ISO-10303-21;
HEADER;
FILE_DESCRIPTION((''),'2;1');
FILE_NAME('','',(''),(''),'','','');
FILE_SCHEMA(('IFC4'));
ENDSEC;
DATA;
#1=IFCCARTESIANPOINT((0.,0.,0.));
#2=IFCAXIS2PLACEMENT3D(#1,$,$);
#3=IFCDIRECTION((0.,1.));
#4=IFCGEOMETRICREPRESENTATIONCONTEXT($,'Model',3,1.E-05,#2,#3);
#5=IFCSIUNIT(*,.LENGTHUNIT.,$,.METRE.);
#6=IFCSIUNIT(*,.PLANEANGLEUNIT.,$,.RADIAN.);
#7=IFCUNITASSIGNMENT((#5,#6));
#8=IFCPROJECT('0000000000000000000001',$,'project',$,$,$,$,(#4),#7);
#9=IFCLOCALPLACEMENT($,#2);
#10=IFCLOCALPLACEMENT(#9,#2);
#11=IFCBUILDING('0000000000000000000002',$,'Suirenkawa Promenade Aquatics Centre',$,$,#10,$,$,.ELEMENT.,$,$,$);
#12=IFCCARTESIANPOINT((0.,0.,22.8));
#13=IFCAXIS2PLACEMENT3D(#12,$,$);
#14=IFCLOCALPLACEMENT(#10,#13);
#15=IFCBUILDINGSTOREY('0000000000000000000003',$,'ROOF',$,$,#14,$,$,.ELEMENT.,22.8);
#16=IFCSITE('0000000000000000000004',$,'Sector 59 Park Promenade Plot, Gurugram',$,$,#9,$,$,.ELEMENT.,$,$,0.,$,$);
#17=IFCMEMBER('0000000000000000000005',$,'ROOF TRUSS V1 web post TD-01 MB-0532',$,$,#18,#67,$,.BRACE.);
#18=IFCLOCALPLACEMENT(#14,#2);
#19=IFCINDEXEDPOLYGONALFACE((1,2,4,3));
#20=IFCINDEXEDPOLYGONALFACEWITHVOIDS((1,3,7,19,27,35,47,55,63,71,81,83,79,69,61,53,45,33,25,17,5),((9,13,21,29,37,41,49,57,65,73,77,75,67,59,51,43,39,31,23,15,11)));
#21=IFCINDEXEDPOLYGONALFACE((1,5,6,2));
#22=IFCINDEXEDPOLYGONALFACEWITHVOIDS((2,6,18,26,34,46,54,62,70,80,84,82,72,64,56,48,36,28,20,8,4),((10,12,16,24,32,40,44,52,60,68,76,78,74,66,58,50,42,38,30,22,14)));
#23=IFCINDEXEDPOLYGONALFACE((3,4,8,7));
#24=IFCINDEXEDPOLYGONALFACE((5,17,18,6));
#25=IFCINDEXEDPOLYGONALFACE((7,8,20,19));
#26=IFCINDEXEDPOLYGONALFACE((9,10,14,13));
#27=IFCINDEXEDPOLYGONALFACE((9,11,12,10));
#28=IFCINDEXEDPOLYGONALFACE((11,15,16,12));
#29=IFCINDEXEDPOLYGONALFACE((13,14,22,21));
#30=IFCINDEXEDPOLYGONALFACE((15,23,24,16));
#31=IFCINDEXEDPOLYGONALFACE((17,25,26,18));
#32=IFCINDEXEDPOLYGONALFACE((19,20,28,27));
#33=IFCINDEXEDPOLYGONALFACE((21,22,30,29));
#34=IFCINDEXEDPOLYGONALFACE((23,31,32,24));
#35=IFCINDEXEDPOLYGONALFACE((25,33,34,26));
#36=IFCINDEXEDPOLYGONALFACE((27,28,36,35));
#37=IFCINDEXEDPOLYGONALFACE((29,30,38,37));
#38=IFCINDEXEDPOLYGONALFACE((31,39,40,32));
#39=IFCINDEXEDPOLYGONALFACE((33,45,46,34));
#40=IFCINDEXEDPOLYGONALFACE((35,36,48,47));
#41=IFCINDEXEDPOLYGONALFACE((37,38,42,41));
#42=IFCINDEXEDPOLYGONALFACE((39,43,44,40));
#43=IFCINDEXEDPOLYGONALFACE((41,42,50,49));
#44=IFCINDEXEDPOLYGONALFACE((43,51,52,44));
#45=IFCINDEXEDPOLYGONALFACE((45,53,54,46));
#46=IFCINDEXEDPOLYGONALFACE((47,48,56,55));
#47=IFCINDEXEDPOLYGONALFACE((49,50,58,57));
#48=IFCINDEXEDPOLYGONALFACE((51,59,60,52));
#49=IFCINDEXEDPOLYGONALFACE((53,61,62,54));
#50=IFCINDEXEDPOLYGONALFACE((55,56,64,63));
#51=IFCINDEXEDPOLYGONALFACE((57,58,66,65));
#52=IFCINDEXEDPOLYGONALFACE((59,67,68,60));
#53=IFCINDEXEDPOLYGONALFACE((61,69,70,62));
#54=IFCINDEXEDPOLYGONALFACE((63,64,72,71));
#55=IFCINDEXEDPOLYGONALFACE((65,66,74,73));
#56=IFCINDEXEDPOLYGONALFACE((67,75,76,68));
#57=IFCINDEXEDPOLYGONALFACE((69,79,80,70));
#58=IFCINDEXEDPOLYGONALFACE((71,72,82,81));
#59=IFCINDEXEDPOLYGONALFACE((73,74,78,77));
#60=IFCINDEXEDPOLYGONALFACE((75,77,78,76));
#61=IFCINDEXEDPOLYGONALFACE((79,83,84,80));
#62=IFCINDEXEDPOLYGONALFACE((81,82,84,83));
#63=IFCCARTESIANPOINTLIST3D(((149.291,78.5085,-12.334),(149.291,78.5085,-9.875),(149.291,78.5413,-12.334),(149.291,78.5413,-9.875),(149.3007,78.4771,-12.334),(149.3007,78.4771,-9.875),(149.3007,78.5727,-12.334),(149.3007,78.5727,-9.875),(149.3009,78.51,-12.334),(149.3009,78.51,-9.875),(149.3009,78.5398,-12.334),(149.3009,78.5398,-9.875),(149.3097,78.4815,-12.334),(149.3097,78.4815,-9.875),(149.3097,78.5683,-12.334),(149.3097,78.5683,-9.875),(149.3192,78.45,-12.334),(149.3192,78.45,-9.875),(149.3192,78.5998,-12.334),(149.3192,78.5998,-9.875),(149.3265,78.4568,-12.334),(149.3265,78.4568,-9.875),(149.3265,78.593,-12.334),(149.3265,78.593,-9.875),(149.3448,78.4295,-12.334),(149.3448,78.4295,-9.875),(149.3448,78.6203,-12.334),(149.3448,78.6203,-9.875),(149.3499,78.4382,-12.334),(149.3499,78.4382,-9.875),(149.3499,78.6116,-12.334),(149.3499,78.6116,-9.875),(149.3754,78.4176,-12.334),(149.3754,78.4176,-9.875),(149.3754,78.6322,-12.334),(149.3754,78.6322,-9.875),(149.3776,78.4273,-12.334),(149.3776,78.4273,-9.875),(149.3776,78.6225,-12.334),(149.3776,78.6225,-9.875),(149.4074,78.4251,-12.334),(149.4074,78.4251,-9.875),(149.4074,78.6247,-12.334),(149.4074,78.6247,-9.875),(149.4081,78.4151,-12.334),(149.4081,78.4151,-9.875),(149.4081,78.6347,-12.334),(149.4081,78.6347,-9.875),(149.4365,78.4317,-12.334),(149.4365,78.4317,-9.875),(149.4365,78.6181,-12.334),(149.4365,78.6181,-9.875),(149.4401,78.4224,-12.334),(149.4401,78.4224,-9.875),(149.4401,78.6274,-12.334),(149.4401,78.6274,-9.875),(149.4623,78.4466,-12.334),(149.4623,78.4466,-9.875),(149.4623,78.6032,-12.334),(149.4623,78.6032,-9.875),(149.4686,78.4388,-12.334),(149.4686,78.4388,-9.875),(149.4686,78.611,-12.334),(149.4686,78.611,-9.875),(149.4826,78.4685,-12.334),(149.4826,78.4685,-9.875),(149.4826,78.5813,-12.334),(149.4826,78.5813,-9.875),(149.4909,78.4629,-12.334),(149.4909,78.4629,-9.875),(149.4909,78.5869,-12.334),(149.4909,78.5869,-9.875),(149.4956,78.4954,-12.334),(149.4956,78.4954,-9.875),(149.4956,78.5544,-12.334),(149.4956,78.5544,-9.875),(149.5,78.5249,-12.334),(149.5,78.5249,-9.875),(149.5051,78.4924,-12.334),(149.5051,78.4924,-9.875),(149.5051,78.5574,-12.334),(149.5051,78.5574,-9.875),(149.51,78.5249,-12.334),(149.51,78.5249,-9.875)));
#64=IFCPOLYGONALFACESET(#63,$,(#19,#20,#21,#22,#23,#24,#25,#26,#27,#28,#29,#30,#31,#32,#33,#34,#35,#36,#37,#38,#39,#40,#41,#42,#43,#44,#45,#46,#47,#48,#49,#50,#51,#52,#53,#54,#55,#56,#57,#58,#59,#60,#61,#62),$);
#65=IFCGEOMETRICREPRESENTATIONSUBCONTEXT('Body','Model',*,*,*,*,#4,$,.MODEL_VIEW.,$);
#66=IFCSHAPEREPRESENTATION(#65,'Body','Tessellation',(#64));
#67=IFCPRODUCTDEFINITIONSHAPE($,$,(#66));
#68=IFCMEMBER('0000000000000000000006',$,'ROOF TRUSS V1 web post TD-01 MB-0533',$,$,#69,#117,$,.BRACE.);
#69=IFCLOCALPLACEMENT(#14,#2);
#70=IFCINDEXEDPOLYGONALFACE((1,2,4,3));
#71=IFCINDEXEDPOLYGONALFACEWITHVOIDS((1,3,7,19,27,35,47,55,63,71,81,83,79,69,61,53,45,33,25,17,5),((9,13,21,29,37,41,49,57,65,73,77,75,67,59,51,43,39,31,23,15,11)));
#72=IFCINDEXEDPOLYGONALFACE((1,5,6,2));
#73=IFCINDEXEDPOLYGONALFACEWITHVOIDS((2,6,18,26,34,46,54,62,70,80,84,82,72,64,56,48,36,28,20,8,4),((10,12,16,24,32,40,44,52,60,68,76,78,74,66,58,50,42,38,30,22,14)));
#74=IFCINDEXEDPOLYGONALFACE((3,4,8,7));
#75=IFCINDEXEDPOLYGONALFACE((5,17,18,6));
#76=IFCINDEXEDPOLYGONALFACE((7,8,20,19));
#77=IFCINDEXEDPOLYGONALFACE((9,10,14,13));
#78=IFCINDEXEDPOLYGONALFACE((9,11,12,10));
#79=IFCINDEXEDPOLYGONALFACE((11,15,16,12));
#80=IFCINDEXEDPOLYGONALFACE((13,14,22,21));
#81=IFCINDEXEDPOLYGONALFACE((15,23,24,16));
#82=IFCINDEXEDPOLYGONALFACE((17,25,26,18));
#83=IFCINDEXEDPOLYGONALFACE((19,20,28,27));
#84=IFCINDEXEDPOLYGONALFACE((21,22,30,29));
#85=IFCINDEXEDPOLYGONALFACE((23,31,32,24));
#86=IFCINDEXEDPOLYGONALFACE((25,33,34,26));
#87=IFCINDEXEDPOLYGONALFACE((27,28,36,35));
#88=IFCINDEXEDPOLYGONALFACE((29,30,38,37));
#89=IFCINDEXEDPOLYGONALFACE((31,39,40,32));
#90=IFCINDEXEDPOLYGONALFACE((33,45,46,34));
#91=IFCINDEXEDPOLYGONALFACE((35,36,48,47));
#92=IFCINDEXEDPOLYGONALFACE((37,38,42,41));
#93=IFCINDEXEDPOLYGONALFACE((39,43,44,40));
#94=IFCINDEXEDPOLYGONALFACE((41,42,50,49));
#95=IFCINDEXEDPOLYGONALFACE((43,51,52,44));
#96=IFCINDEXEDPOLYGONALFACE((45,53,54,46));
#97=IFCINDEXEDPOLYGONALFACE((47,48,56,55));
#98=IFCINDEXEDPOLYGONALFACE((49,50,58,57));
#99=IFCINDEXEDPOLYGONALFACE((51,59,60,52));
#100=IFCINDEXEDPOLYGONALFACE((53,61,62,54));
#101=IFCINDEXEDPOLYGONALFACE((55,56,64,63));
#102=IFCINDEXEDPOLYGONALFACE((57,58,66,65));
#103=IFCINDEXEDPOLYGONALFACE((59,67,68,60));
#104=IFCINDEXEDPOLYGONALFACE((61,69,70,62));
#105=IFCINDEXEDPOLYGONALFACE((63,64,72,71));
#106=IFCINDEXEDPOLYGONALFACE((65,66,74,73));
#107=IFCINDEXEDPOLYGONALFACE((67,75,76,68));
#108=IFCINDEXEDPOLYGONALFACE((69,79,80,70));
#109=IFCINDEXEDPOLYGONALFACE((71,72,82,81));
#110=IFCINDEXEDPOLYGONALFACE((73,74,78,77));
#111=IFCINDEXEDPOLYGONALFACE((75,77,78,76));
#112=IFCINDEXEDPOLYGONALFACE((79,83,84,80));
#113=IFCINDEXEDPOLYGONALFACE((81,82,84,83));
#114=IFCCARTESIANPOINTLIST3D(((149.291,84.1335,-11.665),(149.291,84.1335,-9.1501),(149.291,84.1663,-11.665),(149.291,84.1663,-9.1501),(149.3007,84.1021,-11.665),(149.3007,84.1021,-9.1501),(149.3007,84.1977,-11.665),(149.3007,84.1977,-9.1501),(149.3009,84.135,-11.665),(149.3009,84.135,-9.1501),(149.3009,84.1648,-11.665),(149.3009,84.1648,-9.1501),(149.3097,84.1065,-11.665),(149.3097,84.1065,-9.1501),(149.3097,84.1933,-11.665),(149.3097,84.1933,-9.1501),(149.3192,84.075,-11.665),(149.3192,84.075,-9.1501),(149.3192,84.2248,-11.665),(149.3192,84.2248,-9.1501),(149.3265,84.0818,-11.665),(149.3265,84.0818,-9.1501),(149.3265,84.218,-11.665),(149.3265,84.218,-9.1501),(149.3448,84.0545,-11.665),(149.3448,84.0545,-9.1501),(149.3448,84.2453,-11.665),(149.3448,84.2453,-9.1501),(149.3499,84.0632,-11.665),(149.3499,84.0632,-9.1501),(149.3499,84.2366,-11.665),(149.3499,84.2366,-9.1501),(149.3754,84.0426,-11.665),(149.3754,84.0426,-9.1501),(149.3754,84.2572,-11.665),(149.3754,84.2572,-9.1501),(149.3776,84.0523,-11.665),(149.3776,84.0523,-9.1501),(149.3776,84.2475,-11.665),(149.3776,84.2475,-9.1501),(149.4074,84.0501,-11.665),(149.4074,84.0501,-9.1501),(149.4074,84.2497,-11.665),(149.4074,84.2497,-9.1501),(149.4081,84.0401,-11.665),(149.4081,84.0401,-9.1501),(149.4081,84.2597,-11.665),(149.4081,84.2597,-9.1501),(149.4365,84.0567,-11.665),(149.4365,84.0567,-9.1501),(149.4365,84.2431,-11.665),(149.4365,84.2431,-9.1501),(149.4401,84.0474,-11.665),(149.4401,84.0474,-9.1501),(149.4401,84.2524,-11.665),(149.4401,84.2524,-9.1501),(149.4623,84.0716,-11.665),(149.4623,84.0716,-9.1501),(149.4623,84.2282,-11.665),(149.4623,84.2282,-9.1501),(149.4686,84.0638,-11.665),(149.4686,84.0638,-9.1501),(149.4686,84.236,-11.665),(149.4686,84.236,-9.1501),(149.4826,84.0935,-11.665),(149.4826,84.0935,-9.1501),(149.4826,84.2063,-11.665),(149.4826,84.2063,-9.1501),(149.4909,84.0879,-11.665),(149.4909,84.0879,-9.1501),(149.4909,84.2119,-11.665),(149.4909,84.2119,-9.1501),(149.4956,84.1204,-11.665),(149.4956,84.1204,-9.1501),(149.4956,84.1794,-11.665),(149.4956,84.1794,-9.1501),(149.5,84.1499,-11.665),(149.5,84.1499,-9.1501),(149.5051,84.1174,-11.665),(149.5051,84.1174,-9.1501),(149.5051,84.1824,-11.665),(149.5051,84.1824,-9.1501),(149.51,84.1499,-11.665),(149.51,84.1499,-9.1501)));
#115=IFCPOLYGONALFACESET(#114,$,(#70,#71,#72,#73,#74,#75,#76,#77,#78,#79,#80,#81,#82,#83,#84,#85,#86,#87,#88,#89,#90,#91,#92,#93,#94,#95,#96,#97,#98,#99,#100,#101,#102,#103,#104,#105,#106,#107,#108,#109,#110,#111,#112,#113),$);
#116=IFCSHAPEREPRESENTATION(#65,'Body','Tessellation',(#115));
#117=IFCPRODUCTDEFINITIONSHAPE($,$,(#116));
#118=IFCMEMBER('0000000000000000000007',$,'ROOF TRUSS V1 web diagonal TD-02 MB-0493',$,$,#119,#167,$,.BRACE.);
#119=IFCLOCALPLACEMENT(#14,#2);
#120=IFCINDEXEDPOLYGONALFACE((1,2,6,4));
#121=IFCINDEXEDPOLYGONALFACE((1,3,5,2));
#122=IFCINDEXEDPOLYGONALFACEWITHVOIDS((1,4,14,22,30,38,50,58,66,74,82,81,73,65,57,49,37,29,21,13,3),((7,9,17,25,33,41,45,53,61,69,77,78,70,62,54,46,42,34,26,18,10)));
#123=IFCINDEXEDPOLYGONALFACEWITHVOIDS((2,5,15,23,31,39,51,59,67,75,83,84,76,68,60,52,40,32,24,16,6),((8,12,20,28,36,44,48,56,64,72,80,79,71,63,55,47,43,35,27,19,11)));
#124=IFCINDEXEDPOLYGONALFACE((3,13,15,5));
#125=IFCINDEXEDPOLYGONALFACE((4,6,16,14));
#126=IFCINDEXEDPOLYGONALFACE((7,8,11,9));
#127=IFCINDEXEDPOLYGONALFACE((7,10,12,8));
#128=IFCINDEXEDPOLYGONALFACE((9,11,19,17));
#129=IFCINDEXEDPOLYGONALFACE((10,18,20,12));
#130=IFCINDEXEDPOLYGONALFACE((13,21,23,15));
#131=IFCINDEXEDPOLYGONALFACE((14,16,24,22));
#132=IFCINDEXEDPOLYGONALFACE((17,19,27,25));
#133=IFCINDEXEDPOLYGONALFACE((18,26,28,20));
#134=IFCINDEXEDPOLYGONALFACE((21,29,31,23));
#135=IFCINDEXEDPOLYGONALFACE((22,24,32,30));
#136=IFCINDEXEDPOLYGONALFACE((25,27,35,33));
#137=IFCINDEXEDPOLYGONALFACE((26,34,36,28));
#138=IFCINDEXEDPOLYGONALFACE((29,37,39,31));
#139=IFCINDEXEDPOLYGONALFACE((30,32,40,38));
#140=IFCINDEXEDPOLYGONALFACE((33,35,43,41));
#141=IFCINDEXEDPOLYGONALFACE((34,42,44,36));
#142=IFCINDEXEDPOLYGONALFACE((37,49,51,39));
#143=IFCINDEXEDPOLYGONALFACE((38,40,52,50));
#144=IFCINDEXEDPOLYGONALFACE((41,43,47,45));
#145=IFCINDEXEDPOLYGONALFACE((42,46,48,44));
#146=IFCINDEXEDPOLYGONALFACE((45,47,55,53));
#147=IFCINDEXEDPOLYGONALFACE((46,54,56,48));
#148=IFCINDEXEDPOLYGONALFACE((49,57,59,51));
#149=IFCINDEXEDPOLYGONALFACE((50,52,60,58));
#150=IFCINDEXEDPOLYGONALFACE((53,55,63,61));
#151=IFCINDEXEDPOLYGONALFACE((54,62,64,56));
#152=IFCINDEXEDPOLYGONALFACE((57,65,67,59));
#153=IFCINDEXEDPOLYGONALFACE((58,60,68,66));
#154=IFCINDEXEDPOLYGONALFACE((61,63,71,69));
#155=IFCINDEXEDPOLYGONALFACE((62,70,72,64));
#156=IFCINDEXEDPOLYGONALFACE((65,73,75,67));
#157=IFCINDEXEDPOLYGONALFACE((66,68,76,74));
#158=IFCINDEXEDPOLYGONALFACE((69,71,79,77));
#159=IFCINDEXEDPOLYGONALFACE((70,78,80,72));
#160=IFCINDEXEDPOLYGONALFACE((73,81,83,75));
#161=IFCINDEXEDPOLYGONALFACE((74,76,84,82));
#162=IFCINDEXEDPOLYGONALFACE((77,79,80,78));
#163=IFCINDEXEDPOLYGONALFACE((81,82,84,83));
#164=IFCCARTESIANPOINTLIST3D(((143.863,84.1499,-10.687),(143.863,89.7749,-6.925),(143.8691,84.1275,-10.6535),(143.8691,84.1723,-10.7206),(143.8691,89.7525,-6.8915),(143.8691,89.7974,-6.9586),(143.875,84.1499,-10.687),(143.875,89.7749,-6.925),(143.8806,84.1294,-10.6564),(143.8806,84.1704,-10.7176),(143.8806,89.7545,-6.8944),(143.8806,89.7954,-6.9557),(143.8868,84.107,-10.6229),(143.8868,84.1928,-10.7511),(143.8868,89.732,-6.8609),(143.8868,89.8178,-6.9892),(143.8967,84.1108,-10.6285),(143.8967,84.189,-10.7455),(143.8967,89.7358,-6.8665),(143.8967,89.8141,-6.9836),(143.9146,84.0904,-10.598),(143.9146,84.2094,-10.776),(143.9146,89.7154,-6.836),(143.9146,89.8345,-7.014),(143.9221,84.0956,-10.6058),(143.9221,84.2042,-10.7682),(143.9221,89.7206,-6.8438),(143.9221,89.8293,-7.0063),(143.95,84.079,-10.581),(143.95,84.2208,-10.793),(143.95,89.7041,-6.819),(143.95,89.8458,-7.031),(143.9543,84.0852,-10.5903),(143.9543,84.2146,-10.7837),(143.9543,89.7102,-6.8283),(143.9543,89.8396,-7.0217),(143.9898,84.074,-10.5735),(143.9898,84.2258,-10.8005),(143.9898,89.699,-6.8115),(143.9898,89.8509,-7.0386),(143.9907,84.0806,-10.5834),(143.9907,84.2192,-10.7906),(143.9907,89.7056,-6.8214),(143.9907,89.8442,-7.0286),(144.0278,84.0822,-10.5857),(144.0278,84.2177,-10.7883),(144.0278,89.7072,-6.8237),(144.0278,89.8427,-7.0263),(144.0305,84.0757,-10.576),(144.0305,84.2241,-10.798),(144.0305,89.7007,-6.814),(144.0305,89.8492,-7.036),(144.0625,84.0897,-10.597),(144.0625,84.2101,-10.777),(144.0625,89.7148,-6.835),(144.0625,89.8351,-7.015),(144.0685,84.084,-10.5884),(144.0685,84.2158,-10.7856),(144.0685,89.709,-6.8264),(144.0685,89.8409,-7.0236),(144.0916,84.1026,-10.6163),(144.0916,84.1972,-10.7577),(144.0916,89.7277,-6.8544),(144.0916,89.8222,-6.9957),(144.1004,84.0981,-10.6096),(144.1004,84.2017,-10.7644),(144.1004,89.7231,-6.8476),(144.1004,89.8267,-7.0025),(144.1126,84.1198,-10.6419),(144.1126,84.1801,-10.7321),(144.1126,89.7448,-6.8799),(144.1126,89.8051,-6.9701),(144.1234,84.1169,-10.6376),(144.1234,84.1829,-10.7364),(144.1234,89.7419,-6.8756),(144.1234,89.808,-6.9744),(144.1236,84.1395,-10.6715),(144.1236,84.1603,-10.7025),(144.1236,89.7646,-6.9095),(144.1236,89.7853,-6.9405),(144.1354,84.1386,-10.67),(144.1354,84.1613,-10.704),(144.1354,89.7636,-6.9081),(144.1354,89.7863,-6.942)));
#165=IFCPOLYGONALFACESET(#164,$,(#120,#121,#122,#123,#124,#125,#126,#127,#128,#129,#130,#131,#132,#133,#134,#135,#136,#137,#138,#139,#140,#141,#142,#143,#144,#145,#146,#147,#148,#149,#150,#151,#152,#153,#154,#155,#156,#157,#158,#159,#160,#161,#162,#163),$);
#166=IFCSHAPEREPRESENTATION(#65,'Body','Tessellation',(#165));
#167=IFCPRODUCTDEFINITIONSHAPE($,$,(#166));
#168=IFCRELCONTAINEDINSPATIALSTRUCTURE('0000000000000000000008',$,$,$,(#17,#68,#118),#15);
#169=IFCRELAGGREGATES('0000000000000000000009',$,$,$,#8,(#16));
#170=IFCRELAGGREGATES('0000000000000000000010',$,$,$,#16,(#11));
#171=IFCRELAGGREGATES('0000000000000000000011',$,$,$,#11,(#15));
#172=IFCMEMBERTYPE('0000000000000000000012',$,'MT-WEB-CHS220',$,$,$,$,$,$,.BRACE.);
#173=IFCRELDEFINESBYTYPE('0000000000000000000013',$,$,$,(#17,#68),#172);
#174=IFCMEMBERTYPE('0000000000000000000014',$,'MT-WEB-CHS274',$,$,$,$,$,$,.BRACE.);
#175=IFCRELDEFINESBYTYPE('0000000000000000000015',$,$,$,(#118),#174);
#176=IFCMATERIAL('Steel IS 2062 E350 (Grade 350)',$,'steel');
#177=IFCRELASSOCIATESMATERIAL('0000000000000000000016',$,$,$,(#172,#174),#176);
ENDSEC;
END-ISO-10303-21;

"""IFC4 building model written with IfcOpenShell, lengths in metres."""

from ifc_helpers import new_model, si_unit, direction, frame, origin, origin_2d, place, context, subcontext, project, spatial, hollow_circle, extrude, material, material_profile, profile_set, type_object, element, save


model = new_model("IFC4")

# Units and contexts
model_context = context("Model", 3, precision=1e-05, world=origin(), true_north=direction((0.0, 1.0)))
body_context = subcontext(model_context, "Body", "Model", "MODEL_VIEW")
ifc_project = project(units=[si_unit("LENGTHUNIT", "METRE"), si_unit("PLANEANGLEUNIT", "RADIAN")], contexts=[model_context])

# Site, building, storey
site_placement = place(None, origin())
site = spatial("IfcSite", under=ifc_project, at=site_placement, Name="Sector 59 Park Promenade Plot, Gurugram", CompositionType="ELEMENT", RefElevation=0.0)
building_placement = place(site_placement, origin())
building = spatial("IfcBuilding", under=site, at=building_placement, Name="Suirenkawa Promenade Aquatics Centre", CompositionType="ELEMENT")
storey_placement = place(building_placement, frame((0.0, 0.0, 22.8)))
storey = spatial("IfcBuildingStorey", under=building, at=storey_placement, Name="ROOF", CompositionType="ELEMENT", Elevation=22.8)

# Shared definitions
ifc_material = material(Name="Steel IS 2062 E350 (Grade 350)", Category="steel")

# Members
ifc_material_profile_1 = material_profile(ifc_material, hollow_circle(Radius=0.1101, WallThickness=0.01, at=origin_2d()), Name="CHS 220x10", Category="steel")
ifc_profile_set_1 = profile_set([ifc_material_profile_1], Name="Steel IS 2062 E350 (Grade 350)")
member_type_1 = type_object("IfcMemberType", Name="MT-WEB-CHS220", PredefinedType="BRACE", material=ifc_profile_set_1)
member_1_placement = place(storey_placement, frame((149.3999, 78.5249, -12.334), z_axis=(0.0, 0.0, 1.0), x_axis=(1.0, 0.0, 0.0)))
element("IfcMember", 1, at=member_1_placement, inside=storey, type_object=member_type_1, Name="ROOF TRUSS V1 web post TD-01 MB-0532", PredefinedType="BRACE", context=body_context, shape_type="SweptSolid", body=[
    extrude(hollow_circle(Radius=0.1101, WallThickness=0.01, at=origin_2d()), origin(), (0.0, 0.0, 1.0), 2.459),
])
member_2_placement = place(storey_placement, frame((149.3999, 84.1499, -11.665), z_axis=(0.0, 0.0, 1.0), x_axis=(1.0, 0.0, 0.0)))
element("IfcMember", 2, at=member_2_placement, inside=storey, type_object=member_type_1, Name="ROOF TRUSS V1 web post TD-01 MB-0533", PredefinedType="BRACE", context=body_context, shape_type="SweptSolid", body=[
    extrude(hollow_circle(Radius=0.1101, WallThickness=0.01, at=origin_2d()), origin(), (0.0, 0.0, 1.0), 2.5149),
])
ifc_material_profile_2 = material_profile(ifc_material, hollow_circle(Radius=0.137, WallThickness=0.012, at=origin_2d()), Name="CHS 274x12", Category="steel")
ifc_profile_set_2 = profile_set([ifc_material_profile_2], Name="Steel IS 2062 E350 (Grade 350)")
member_type_2 = type_object("IfcMemberType", Name="MT-WEB-CHS274", PredefinedType="BRACE", material=ifc_profile_set_2)
member_3_placement = place(storey_placement, frame((144.0, 84.1499, -10.687), z_axis=(0.0, 0.831233, 0.555923), x_axis=(-1.0, 0.0, 0.0)))
element("IfcMember", 3, at=member_3_placement, inside=storey, type_object=member_type_2, Name="ROOF TRUSS V1 web diagonal TD-02 MB-0493", PredefinedType="BRACE", context=body_context, shape_type="SweptSolid", body=[
    extrude(hollow_circle(Radius=0.137, WallThickness=0.012, at=origin_2d()), origin(), (0.0, 0.0, 1.0), 6.7671),
])

save(model, "model.ifc")
